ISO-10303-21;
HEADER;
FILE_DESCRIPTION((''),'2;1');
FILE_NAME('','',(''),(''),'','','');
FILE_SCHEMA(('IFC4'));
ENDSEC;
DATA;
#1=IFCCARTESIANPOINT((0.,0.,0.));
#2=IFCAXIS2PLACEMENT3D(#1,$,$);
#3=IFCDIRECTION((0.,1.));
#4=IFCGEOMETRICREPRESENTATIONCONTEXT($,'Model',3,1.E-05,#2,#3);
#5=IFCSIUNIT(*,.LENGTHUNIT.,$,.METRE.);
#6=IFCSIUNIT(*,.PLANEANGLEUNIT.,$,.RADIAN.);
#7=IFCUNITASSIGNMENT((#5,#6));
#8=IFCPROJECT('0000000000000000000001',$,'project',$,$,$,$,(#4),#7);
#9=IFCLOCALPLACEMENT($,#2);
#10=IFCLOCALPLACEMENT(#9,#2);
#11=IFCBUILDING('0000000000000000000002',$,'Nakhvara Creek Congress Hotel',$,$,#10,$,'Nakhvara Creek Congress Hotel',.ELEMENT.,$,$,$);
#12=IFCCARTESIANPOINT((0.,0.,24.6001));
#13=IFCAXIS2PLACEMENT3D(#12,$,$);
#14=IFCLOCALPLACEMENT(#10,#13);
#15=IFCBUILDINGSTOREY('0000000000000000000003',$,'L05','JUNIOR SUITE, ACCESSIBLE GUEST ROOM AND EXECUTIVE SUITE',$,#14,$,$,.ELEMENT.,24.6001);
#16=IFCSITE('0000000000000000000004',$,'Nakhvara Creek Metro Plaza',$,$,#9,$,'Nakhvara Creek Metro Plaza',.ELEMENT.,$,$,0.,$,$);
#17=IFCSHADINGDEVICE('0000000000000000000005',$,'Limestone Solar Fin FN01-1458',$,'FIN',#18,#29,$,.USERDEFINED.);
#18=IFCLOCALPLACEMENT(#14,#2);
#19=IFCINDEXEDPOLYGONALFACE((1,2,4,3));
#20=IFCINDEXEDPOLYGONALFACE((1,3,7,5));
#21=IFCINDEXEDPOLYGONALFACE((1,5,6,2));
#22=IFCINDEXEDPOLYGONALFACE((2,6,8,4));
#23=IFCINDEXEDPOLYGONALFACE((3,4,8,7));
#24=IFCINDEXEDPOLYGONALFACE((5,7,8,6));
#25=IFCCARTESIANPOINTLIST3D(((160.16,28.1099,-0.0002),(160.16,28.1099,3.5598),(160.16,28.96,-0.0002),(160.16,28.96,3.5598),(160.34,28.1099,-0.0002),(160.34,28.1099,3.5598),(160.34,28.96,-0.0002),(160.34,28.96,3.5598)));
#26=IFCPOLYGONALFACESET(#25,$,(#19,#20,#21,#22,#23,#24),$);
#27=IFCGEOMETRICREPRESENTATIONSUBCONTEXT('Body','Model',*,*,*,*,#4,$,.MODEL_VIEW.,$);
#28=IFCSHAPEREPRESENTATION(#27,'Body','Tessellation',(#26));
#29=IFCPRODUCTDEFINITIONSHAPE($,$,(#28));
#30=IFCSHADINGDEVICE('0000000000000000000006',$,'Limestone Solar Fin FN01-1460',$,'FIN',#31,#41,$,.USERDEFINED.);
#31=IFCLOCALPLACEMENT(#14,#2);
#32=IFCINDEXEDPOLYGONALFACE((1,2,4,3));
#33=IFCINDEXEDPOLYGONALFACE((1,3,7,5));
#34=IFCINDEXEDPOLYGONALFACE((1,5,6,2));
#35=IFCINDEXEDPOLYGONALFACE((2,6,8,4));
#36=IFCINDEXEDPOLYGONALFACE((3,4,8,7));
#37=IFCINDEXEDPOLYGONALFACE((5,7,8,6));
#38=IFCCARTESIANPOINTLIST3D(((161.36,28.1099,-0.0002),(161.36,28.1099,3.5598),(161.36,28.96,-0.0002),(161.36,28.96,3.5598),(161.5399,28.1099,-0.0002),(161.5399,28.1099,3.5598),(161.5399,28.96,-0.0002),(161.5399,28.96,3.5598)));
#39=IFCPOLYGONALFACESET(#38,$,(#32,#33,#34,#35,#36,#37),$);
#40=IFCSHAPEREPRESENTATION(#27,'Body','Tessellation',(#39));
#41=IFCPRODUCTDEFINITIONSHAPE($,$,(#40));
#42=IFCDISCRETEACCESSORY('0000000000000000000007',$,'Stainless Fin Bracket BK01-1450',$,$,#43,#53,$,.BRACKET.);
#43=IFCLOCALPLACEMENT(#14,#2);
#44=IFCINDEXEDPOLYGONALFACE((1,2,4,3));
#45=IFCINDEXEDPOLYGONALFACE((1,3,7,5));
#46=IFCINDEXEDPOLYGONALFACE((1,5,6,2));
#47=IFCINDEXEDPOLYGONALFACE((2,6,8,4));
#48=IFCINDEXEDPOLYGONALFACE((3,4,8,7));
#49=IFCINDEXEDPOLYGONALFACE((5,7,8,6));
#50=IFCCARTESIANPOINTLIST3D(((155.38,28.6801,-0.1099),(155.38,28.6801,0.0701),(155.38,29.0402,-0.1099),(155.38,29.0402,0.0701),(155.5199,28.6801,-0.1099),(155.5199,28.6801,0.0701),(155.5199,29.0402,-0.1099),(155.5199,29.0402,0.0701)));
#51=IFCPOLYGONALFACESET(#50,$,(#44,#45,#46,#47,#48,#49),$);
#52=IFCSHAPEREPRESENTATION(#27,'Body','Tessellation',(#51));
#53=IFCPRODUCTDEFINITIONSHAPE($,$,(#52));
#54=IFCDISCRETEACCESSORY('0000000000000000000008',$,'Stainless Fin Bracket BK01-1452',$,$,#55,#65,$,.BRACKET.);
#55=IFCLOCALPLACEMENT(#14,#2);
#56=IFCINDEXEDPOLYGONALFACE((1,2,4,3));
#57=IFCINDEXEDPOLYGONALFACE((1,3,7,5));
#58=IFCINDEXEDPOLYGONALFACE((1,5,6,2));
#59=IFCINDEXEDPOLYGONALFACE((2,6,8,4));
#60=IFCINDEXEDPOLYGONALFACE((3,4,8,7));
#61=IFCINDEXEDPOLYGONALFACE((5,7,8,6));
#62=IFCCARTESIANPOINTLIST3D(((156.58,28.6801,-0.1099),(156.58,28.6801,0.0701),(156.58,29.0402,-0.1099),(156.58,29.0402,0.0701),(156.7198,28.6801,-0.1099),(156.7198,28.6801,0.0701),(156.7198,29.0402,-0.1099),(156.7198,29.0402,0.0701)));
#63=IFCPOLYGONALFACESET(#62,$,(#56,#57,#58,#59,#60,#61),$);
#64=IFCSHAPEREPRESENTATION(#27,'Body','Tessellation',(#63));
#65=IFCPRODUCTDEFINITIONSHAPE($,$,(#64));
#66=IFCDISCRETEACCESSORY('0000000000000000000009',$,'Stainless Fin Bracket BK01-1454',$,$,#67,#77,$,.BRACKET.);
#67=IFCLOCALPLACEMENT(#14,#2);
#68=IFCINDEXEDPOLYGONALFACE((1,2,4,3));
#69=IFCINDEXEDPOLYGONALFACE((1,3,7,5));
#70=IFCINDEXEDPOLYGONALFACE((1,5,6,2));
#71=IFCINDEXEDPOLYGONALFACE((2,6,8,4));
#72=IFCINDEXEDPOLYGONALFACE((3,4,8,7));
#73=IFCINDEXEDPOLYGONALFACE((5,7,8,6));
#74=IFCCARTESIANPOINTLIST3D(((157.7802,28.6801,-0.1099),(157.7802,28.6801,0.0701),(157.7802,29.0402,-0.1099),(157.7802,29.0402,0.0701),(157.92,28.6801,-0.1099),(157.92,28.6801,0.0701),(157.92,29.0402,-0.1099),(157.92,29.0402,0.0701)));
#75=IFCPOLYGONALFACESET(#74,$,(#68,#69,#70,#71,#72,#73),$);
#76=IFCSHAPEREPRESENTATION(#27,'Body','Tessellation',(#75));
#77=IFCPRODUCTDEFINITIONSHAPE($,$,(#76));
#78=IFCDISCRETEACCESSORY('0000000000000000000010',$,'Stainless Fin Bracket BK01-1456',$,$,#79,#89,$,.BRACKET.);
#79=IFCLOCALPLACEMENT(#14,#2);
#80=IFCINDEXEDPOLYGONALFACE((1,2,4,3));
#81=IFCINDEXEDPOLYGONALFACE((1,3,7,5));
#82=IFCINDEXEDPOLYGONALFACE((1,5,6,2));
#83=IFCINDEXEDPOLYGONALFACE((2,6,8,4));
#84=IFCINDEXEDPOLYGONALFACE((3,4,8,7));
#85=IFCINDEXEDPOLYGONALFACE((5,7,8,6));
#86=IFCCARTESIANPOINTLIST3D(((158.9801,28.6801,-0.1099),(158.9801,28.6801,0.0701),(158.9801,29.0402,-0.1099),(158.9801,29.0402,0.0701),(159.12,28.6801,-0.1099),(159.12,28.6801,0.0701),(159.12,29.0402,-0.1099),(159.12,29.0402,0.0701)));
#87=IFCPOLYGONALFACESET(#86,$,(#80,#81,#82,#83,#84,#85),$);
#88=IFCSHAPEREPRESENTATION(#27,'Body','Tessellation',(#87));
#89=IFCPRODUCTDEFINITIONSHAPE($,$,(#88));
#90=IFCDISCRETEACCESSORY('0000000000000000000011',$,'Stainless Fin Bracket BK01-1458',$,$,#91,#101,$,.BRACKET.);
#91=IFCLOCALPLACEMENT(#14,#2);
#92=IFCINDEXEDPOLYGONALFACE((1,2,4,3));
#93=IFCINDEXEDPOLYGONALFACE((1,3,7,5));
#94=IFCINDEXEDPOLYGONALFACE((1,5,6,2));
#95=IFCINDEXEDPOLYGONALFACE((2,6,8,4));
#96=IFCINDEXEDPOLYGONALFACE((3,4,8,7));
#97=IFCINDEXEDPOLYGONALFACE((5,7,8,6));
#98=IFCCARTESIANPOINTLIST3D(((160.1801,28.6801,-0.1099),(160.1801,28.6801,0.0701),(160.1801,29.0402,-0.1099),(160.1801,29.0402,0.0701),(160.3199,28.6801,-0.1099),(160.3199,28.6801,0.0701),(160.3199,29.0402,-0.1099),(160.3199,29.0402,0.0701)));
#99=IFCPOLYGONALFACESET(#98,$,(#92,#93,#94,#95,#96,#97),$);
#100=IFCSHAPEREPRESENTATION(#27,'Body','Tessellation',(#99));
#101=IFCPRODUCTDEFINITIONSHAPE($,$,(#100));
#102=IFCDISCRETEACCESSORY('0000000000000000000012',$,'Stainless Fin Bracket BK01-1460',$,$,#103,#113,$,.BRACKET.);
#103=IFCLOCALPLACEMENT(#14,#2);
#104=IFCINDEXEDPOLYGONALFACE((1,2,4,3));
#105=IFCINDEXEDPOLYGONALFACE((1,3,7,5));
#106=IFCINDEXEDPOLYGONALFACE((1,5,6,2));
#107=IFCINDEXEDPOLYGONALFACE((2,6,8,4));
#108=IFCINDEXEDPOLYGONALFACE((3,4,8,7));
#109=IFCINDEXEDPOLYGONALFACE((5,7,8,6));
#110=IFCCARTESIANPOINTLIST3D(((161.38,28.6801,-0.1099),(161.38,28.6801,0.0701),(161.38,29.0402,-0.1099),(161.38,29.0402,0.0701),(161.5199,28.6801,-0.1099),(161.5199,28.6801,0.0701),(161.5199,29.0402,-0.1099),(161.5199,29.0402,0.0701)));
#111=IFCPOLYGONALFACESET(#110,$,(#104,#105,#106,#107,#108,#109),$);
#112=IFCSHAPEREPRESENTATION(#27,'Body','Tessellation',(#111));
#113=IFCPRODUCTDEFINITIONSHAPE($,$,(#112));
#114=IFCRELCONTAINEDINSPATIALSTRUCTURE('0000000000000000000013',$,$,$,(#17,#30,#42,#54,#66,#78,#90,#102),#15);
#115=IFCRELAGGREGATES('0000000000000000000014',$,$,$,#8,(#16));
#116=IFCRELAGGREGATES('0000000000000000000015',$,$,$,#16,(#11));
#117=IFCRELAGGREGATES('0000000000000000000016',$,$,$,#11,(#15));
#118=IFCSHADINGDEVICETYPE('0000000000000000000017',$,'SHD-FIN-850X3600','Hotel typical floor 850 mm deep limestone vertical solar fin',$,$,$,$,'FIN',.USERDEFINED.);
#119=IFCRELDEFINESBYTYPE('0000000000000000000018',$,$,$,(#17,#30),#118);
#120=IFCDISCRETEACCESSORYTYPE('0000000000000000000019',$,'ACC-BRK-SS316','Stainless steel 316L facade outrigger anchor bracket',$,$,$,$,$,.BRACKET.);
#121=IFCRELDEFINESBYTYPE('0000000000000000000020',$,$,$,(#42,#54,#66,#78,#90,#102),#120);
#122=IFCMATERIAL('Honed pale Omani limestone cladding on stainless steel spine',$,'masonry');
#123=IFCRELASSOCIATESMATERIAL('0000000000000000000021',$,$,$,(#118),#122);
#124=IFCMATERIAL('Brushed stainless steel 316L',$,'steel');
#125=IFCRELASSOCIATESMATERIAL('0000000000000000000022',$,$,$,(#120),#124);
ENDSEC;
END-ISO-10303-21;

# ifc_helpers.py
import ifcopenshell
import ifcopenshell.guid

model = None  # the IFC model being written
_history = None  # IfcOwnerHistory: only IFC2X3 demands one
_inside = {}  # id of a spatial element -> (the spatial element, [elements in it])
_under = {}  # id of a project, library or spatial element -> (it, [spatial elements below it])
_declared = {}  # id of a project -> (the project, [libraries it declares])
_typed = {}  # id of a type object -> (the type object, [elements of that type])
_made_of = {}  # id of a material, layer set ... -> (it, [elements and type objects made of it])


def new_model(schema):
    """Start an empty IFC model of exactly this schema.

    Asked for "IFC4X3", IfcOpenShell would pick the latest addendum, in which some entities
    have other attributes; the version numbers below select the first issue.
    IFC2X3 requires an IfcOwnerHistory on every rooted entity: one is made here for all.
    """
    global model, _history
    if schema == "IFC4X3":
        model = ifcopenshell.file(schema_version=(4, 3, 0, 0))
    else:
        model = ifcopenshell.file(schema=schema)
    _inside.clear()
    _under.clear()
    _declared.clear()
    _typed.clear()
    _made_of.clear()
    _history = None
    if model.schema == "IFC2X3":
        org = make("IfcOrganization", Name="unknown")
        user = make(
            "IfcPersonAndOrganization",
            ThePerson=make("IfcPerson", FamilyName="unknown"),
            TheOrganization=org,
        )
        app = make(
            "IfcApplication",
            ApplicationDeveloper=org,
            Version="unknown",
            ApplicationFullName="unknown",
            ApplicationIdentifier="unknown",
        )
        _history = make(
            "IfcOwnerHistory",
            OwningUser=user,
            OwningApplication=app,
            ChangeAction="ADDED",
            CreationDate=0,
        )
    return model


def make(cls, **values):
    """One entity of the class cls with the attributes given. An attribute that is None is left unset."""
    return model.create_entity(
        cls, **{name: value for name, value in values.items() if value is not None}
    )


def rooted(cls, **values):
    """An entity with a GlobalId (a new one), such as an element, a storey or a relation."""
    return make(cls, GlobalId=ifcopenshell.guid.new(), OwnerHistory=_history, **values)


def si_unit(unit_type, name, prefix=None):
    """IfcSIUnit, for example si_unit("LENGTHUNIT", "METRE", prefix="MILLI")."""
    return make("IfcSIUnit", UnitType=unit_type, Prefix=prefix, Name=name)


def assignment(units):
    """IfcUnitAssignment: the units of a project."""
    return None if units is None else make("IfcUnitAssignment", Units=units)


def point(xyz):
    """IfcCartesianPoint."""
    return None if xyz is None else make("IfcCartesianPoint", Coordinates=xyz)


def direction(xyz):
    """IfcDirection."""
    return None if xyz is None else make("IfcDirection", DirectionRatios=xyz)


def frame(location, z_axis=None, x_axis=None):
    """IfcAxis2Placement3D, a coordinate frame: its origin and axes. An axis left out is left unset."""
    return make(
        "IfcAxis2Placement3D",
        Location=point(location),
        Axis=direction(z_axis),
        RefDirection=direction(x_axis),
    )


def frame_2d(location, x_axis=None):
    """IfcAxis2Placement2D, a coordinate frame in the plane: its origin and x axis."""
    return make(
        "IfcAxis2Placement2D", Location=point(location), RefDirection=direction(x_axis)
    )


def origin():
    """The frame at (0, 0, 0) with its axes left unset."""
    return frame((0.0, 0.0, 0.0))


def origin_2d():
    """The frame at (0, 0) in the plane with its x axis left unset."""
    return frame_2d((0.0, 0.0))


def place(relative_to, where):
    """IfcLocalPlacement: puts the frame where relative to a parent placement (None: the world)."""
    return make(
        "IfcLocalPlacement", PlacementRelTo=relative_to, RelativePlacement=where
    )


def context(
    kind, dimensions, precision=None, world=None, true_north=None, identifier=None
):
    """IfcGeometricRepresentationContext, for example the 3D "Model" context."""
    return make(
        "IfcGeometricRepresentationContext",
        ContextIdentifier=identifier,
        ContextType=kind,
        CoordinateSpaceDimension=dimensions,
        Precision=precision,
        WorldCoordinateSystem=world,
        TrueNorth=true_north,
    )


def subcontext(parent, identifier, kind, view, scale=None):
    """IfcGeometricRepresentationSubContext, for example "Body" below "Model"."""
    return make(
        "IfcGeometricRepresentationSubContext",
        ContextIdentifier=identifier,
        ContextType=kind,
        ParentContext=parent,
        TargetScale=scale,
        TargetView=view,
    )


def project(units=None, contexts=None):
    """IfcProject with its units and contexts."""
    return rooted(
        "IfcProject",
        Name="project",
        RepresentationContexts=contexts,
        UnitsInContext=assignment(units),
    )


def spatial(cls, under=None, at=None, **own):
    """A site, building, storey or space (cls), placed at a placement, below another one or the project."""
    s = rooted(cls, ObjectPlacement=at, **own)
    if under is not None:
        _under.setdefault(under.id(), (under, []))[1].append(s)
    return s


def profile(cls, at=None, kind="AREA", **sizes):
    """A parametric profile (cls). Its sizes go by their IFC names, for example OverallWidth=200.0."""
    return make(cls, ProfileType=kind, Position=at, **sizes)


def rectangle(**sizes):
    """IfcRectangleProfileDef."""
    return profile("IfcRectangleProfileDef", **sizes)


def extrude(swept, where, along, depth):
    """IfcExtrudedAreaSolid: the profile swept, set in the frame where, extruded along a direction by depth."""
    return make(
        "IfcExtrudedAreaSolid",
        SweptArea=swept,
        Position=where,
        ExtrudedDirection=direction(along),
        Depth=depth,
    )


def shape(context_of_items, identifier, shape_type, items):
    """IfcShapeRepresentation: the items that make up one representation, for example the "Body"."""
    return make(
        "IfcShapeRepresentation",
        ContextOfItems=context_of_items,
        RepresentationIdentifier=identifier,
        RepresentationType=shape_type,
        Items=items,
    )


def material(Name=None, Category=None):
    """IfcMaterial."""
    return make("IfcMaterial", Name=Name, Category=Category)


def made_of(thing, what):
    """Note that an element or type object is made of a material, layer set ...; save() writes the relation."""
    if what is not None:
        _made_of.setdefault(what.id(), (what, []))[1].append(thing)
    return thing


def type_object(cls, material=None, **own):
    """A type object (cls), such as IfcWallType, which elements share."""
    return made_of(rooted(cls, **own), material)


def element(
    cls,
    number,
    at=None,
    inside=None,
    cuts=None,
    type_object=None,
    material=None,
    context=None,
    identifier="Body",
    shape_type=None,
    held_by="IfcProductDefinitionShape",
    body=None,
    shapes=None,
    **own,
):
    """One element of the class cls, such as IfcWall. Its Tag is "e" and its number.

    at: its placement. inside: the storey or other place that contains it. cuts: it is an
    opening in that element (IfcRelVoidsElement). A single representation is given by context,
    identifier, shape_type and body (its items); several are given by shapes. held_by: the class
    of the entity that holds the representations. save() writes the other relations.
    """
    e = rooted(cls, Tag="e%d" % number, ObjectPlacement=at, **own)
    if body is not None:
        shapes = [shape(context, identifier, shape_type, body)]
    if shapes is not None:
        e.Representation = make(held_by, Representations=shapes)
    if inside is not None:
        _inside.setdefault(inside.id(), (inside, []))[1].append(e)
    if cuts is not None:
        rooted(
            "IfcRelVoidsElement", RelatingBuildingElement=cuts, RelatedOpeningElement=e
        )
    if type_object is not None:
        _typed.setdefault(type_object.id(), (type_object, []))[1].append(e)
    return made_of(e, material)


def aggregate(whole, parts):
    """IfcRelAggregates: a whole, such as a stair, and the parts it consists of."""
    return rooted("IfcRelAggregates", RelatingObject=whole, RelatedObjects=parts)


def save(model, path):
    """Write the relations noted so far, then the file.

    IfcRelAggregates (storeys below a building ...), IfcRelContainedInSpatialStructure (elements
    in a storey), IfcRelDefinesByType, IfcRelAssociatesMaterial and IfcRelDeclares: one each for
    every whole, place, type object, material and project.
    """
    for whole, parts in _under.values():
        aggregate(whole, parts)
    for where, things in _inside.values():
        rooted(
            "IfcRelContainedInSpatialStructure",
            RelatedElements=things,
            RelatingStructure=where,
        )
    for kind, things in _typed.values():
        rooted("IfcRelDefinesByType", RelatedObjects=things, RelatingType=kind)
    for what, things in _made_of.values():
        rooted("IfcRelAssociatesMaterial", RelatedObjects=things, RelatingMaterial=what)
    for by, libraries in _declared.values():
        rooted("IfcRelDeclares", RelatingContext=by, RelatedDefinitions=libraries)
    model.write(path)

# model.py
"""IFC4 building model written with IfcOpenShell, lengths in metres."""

from ifc_helpers import new_model, si_unit, direction, frame, origin, origin_2d, place, context, subcontext, project, spatial, rectangle, extrude, material, type_object, element, save


model = new_model("IFC4")

# Units and contexts
model_context = context("Model", 3, precision=1e-05, world=origin(), true_north=direction((0.0, 1.0)))
body_context = subcontext(model_context, "Body", "Model", "MODEL_VIEW")
ifc_project = project(units=[si_unit("LENGTHUNIT", "METRE"), si_unit("PLANEANGLEUNIT", "RADIAN")], contexts=[model_context])

# Site, building, storey
site_placement = place(None, origin())
site = spatial("IfcSite", under=ifc_project, at=site_placement, Name="Nakhvara Creek Metro Plaza", LongName="Nakhvara Creek Metro Plaza", CompositionType="ELEMENT", RefElevation=0.0)
building_placement = place(site_placement, origin())
building = spatial("IfcBuilding", under=site, at=building_placement, Name="Nakhvara Creek Congress Hotel", LongName="Nakhvara Creek Congress Hotel", CompositionType="ELEMENT")
storey_placement = place(building_placement, frame((0.0, 0.0, 24.6001)))
storey = spatial("IfcBuildingStorey", under=building, at=storey_placement, Name="L05", Description="JUNIOR SUITE, ACCESSIBLE GUEST ROOM AND EXECUTIVE SUITE", CompositionType="ELEMENT", Elevation=24.6001)

# Shading devices
ifc_material_1 = material(Name="Honed pale Omani limestone cladding on stainless steel spine", Category="masonry")
shading_device_type = type_object("IfcShadingDeviceType", Name="SHD-FIN-850X3600", Description="Hotel typical floor 850 mm deep limestone vertical solar fin", ElementType="FIN", PredefinedType="USERDEFINED", material=ifc_material_1)
for number, where, z_axis, x_axis, name in (
    (1, (160.25, 28.5349, -0.0002), (0.0, 0.0, 1.0), (1.0, 0.0, 0.0), "Limestone Solar Fin FN01-1458"),
    (2, (161.45, 28.5349, -0.0002), (0.0, 0.0, 1.0), (1.0, 0.0, 0.0), "Limestone Solar Fin FN01-1460"),
):
    element("IfcShadingDevice", number, at=place(storey_placement, frame(where, z_axis=z_axis, x_axis=x_axis)), inside=storey, type_object=shading_device_type, Name=name, ObjectType="FIN", PredefinedType="USERDEFINED", context=body_context, shape_type="SweptSolid", body=[
        extrude(rectangle(XDim=0.1799, YDim=0.8501, at=origin_2d()), origin(), (0.0, 0.0, 1.0), 3.5601),
    ])

# Discrete accessories
ifc_material_2 = material(Name="Brushed stainless steel 316L", Category="steel")
discrete_accessory_type = type_object("IfcDiscreteAccessoryType", Name="ACC-BRK-SS316", Description="Stainless steel 316L facade outrigger anchor bracket", PredefinedType="BRACKET", material=ifc_material_2)
for number, where, z_axis, x_axis, name in (
    (3, (155.45, 28.8601, -0.1099), (0.0, 0.0, 1.0), (1.0, 0.0, 0.0), "Stainless Fin Bracket BK01-1450"),
    (4, (156.6499, 28.8601, -0.1099), (0.0, 0.0, 1.0), (1.0, 0.0, 0.0), "Stainless Fin Bracket BK01-1452"),
    (5, (157.8501, 28.8601, -0.1099), (0.0, 0.0, 1.0), (1.0, 0.0, 0.0), "Stainless Fin Bracket BK01-1454"),
    (6, (159.05, 28.8601, -0.1099), (0.0, 0.0, 1.0), (1.0, 0.0, 0.0), "Stainless Fin Bracket BK01-1456"),
    (7, (160.25, 28.8601, -0.1099), (0.0, 0.0, 1.0), (1.0, 0.0, 0.0), "Stainless Fin Bracket BK01-1458"),
    (8, (161.45, 28.8601, -0.1099), (0.0, 0.0, 1.0), (1.0, 0.0, 0.0), "Stainless Fin Bracket BK01-1460"),
):
    element("IfcDiscreteAccessory", number, at=place(storey_placement, frame(where, z_axis=z_axis, x_axis=x_axis)), inside=storey, type_object=discrete_accessory_type, Name=name, PredefinedType="BRACKET", context=body_context, shape_type="SweptSolid", body=[
        extrude(rectangle(XDim=0.1399, YDim=0.3601, at=origin_2d()), origin(), (0.0, 0.0, 1.0), 0.1799),
    ])

save(model, "model.ifc")
